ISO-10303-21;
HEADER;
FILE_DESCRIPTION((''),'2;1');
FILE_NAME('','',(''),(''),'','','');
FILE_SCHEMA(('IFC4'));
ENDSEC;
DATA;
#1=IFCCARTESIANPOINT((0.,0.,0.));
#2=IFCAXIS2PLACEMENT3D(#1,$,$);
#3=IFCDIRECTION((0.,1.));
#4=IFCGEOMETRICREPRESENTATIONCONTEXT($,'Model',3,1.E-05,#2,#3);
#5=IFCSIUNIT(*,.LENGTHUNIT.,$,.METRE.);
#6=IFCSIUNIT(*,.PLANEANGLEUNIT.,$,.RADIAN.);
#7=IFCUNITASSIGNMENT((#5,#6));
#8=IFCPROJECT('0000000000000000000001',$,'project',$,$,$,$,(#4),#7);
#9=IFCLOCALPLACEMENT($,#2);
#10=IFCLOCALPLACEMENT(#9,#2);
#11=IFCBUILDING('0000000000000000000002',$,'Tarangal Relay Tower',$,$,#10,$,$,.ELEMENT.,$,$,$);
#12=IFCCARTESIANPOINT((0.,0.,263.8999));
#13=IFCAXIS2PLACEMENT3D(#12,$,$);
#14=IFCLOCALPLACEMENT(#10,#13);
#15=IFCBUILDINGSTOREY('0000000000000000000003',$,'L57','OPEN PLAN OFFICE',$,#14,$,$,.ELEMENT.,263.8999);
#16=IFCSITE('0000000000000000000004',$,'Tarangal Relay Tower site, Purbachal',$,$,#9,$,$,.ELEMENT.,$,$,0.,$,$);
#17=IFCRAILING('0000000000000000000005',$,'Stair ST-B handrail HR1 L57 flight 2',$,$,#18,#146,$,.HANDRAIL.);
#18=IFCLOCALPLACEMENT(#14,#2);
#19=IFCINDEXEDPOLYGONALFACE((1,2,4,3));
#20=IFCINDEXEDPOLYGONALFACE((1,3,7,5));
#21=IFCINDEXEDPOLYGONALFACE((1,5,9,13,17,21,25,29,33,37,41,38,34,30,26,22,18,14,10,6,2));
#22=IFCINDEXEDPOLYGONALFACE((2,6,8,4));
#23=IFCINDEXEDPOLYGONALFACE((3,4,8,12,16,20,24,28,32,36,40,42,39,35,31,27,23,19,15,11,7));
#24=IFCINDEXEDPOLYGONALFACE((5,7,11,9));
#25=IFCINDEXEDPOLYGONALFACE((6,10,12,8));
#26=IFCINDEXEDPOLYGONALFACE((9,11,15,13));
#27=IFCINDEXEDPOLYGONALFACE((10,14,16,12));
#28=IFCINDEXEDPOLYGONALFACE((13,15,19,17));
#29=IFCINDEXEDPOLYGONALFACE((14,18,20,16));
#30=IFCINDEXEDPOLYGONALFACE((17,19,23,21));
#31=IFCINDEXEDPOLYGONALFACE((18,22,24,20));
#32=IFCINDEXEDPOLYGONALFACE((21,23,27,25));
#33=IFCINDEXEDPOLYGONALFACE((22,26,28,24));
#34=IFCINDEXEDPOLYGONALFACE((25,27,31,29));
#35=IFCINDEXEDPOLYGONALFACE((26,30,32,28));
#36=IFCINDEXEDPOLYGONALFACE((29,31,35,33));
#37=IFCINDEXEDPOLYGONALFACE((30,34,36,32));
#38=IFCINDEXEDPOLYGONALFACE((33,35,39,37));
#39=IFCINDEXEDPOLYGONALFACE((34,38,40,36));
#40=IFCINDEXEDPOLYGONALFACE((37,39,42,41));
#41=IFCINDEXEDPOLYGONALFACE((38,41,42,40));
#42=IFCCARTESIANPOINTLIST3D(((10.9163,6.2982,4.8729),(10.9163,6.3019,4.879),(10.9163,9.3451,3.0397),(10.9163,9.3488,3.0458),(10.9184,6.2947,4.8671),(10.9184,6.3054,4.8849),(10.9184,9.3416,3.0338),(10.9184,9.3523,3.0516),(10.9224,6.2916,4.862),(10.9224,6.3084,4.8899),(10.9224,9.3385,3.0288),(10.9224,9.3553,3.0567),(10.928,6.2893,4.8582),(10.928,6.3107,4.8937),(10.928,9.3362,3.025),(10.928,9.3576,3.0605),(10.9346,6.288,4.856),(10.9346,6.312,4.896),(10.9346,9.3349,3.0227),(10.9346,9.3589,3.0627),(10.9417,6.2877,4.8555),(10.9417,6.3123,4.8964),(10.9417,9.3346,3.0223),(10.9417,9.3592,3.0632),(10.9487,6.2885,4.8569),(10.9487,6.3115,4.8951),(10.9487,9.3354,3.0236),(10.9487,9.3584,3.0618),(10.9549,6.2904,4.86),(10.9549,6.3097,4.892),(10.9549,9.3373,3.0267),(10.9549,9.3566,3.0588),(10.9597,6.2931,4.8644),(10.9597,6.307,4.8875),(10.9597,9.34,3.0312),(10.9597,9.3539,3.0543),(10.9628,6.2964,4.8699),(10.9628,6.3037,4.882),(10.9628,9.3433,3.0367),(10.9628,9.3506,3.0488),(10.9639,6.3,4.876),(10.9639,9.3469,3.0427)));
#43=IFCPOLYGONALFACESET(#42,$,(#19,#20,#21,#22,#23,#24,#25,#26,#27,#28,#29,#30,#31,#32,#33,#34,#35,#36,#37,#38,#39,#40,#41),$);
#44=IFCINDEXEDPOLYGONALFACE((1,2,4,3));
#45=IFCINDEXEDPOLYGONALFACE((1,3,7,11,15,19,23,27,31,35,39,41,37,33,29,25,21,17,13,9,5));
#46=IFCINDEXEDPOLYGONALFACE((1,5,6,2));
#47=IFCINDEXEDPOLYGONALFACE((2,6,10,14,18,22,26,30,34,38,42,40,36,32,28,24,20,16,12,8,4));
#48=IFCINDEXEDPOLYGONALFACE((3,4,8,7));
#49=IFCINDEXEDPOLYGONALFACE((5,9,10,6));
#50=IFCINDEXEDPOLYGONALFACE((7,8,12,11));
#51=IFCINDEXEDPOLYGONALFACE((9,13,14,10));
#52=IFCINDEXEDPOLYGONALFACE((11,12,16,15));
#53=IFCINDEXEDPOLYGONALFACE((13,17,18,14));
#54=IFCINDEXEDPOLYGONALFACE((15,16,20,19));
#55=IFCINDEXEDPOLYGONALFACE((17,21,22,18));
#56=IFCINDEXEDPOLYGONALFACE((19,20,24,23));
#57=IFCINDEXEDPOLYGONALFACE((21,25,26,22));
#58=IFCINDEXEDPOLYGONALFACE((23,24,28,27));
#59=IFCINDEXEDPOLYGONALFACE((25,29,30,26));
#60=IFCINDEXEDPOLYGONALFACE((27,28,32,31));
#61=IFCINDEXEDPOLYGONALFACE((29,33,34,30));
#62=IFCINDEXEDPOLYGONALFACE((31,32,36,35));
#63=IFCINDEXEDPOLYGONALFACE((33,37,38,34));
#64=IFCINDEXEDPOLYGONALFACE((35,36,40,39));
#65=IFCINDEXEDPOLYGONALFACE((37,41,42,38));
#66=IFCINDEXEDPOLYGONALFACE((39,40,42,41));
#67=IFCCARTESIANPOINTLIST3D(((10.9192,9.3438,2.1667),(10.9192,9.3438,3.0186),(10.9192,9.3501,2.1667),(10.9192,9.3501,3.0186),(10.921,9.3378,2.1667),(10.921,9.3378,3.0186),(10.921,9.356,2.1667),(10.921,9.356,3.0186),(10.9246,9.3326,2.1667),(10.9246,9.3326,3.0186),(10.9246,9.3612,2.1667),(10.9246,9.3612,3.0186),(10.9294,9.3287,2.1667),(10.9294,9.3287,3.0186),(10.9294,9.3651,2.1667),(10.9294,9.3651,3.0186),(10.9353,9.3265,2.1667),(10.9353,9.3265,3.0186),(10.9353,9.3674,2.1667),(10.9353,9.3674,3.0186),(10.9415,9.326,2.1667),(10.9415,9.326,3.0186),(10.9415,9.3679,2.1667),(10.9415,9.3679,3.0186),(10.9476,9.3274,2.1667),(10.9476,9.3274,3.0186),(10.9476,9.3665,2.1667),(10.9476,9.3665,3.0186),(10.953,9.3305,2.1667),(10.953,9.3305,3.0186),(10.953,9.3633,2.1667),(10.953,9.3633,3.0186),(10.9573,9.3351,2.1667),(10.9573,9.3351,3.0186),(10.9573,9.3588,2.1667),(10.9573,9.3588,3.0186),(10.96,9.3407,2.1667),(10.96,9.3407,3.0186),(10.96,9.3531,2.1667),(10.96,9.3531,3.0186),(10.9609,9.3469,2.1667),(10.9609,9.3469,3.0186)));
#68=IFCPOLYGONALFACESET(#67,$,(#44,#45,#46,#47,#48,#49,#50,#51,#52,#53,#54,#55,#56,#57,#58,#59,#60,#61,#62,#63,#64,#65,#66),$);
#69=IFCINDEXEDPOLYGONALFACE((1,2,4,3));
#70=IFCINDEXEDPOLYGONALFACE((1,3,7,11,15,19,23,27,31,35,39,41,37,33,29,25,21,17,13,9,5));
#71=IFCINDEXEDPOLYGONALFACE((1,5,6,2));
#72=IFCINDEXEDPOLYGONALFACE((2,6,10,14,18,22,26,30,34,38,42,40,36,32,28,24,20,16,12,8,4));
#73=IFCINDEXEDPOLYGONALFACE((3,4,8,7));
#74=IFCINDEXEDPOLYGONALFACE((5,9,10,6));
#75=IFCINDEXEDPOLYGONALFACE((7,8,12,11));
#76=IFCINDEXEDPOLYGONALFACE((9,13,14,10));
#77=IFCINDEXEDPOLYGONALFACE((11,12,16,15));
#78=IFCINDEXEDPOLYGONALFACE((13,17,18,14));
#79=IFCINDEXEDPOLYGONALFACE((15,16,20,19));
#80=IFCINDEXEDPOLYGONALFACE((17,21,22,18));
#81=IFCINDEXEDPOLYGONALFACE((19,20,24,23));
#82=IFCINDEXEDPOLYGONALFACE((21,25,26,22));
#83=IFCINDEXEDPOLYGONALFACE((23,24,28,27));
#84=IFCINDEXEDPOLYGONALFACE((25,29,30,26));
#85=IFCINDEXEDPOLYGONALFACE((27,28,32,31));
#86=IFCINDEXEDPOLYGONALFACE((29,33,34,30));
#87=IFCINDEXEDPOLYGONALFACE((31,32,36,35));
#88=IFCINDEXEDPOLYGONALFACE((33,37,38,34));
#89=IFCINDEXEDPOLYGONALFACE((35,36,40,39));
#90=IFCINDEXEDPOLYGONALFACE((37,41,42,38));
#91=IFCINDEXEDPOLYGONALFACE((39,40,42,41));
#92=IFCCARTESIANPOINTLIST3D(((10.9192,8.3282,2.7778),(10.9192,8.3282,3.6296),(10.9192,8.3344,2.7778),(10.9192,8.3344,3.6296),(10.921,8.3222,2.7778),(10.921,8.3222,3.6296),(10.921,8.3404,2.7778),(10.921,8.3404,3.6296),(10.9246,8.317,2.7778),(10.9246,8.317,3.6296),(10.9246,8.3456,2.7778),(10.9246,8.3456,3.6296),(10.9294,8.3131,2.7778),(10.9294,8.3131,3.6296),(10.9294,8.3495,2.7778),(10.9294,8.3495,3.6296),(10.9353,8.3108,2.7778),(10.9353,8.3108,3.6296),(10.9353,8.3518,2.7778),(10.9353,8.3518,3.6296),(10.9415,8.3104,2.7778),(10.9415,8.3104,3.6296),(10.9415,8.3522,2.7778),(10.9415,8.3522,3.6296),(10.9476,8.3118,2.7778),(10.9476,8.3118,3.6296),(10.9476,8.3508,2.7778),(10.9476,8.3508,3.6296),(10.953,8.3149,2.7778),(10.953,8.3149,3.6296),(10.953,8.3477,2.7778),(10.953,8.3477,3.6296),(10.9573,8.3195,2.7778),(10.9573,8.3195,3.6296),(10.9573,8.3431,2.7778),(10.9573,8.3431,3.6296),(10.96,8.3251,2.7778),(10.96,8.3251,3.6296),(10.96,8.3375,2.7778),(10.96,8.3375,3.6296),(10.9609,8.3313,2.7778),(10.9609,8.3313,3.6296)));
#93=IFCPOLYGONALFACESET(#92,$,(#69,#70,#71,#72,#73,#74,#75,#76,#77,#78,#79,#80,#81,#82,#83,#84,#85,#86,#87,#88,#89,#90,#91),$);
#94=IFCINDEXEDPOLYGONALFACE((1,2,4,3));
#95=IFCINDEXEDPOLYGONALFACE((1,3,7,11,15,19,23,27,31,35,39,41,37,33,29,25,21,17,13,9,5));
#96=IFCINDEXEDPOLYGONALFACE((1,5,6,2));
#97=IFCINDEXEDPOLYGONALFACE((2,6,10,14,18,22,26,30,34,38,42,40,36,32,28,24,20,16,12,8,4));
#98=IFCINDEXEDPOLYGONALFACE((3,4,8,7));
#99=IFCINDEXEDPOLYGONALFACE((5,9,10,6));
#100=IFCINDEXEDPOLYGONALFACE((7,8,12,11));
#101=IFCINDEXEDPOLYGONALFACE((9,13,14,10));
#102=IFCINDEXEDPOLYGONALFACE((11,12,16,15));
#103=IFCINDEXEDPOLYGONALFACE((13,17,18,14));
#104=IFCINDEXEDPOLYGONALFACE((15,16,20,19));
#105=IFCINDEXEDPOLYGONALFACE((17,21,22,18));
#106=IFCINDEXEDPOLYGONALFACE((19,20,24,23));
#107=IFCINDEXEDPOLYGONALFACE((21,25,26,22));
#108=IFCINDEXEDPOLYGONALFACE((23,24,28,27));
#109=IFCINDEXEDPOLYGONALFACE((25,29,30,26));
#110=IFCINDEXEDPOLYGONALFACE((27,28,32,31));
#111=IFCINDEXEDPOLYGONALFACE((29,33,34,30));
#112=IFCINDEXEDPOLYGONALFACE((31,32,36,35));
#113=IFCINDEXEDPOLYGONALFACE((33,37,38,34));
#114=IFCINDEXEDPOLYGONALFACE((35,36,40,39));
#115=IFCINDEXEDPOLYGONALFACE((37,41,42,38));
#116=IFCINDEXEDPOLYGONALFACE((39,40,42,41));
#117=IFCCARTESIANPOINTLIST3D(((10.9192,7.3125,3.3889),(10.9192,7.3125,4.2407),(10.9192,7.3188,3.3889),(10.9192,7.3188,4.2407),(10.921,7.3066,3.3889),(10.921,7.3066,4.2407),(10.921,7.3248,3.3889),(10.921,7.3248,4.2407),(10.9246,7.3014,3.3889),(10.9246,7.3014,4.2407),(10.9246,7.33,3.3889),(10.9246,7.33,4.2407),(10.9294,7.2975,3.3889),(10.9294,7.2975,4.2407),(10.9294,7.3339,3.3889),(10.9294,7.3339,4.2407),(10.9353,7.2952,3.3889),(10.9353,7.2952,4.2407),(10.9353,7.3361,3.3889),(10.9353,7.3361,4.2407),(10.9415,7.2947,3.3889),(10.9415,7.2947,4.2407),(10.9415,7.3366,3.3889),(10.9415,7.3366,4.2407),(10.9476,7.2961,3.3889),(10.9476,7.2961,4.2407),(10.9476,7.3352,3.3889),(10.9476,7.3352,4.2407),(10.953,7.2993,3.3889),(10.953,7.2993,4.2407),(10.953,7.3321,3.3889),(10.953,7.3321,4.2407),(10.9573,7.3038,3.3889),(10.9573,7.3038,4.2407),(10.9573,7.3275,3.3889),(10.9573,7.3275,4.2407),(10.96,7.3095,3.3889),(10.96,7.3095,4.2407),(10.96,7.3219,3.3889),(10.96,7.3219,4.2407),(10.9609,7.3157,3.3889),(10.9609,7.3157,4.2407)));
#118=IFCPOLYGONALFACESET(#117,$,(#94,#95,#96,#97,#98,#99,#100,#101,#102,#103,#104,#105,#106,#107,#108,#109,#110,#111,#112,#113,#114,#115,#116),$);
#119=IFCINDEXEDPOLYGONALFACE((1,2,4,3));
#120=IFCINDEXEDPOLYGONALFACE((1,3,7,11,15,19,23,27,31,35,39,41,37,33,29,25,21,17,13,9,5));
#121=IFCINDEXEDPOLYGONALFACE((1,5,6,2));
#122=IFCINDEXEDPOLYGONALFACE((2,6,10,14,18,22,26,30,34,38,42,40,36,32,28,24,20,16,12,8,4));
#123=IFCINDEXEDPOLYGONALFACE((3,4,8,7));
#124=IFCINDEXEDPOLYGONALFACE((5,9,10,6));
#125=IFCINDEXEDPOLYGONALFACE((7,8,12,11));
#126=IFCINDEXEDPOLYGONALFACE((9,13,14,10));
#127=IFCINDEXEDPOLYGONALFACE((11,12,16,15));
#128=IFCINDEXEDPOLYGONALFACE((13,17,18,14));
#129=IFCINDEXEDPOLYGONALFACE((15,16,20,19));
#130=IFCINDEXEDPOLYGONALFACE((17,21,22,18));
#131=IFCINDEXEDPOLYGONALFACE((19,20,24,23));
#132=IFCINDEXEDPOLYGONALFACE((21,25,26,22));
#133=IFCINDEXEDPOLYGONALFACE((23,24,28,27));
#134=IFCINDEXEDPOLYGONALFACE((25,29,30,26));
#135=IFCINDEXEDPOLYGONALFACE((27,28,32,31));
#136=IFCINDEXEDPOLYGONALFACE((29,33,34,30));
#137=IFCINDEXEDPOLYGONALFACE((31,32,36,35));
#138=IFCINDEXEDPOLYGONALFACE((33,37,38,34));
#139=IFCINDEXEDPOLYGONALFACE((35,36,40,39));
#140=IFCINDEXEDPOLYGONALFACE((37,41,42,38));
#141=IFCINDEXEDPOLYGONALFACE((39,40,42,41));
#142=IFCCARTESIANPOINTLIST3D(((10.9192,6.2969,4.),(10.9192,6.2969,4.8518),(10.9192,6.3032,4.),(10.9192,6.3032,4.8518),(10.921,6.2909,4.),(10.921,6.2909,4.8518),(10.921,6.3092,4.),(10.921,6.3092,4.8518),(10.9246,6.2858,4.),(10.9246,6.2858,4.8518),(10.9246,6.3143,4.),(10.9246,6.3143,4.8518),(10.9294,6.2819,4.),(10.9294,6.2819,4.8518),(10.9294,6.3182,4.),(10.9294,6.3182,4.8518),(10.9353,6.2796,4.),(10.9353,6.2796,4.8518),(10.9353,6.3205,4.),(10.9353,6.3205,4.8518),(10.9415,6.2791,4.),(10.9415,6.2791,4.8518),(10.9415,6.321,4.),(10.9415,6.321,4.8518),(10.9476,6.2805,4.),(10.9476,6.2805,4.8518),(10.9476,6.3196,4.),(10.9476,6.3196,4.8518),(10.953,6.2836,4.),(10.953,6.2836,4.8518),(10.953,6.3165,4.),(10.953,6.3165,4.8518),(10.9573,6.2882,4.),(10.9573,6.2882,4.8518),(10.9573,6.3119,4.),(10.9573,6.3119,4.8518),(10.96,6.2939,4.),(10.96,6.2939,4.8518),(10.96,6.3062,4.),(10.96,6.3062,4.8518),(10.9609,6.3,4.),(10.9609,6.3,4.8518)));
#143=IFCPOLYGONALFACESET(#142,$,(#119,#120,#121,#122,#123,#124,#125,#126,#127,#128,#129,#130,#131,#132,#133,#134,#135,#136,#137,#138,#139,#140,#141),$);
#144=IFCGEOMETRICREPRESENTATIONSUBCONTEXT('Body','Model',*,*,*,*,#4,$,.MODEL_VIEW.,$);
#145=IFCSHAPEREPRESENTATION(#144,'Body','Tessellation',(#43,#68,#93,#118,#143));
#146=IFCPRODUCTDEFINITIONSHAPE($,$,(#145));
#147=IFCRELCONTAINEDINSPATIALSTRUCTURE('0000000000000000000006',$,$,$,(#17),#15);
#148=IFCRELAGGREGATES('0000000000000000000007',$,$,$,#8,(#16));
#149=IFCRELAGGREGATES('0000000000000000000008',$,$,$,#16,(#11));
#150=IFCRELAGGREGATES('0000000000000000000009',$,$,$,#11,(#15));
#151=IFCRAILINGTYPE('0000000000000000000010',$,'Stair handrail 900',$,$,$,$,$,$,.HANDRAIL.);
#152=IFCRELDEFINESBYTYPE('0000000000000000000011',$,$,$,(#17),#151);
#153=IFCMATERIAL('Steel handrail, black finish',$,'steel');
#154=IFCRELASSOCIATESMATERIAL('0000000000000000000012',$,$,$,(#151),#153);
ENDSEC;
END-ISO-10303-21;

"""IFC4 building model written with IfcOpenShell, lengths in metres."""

from ifc_helpers import new_model, si_unit, direction, frame, origin, origin_2d, place, context, subcontext, project, spatial, circle, extrude, material, type_object, element, save


model = new_model("IFC4")

# Units and contexts
model_context = context("Model", 3, precision=1e-05, world=origin(), true_north=direction((0.0, 1.0)))
body_context = subcontext(model_context, "Body", "Model", "MODEL_VIEW")
ifc_project = project(units=[si_unit("LENGTHUNIT", "METRE"), si_unit("PLANEANGLEUNIT", "RADIAN")], contexts=[model_context])

# Site, building, storey
site_placement = place(None, origin())
site = spatial("IfcSite", under=ifc_project, at=site_placement, Name="Tarangal Relay Tower site, Purbachal", CompositionType="ELEMENT", RefElevation=0.0)
building_placement = place(site_placement, origin())
building = spatial("IfcBuilding", under=site, at=building_placement, Name="Tarangal Relay Tower", CompositionType="ELEMENT")
storey_placement = place(building_placement, frame((0.0, 0.0, 263.8999)))
storey = spatial("IfcBuildingStorey", under=building, at=storey_placement, Name="L57", Description="OPEN PLAN OFFICE", CompositionType="ELEMENT", Elevation=263.8999)

# Railing
ifc_material_1 = material(Name="Steel handrail, black finish", Category="steel")
railing_type_1 = type_object("IfcRailingType", Name="Stair handrail 900", PredefinedType="HANDRAIL", material=ifc_material_1)
railing_1_placement = place(storey_placement, frame((10.9399, 9.3469, 2.1667)))
element("IfcRailing", 1, at=railing_1_placement, inside=storey, type_object=railing_type_1, Name="Stair ST-B handrail HR1 L57 flight 2", PredefinedType="HANDRAIL", context=body_context, shape_type="SweptSolid", body=[
    extrude(circle(Radius=0.0239, at=origin_2d()), frame((0.0, 0.0, 0.876), z_axis=(0.0, -0.856856, 0.515556), x_axis=(1.0, 0.0, 0.0)), (0.0, 0.0, 1.0), 3.5559),
    extrude(circle(Radius=0.021, at=origin_2d()), origin(), (0.0, 0.0, 1.0), 0.8518),
    extrude(circle(Radius=0.021, at=origin_2d()), frame((0.0, -1.0156, 0.6111)), (0.0, 0.0, 1.0), 0.8518),
    extrude(circle(Radius=0.021, at=origin_2d()), frame((0.0, -2.0312, 1.2222)), (0.0, 0.0, 1.0), 0.8518),
    extrude(circle(Radius=0.021, at=origin_2d()), frame((0.0, -3.0469, 1.8333)), (0.0, 0.0, 1.0), 0.8518),
])

save(model, "model.ifc")
